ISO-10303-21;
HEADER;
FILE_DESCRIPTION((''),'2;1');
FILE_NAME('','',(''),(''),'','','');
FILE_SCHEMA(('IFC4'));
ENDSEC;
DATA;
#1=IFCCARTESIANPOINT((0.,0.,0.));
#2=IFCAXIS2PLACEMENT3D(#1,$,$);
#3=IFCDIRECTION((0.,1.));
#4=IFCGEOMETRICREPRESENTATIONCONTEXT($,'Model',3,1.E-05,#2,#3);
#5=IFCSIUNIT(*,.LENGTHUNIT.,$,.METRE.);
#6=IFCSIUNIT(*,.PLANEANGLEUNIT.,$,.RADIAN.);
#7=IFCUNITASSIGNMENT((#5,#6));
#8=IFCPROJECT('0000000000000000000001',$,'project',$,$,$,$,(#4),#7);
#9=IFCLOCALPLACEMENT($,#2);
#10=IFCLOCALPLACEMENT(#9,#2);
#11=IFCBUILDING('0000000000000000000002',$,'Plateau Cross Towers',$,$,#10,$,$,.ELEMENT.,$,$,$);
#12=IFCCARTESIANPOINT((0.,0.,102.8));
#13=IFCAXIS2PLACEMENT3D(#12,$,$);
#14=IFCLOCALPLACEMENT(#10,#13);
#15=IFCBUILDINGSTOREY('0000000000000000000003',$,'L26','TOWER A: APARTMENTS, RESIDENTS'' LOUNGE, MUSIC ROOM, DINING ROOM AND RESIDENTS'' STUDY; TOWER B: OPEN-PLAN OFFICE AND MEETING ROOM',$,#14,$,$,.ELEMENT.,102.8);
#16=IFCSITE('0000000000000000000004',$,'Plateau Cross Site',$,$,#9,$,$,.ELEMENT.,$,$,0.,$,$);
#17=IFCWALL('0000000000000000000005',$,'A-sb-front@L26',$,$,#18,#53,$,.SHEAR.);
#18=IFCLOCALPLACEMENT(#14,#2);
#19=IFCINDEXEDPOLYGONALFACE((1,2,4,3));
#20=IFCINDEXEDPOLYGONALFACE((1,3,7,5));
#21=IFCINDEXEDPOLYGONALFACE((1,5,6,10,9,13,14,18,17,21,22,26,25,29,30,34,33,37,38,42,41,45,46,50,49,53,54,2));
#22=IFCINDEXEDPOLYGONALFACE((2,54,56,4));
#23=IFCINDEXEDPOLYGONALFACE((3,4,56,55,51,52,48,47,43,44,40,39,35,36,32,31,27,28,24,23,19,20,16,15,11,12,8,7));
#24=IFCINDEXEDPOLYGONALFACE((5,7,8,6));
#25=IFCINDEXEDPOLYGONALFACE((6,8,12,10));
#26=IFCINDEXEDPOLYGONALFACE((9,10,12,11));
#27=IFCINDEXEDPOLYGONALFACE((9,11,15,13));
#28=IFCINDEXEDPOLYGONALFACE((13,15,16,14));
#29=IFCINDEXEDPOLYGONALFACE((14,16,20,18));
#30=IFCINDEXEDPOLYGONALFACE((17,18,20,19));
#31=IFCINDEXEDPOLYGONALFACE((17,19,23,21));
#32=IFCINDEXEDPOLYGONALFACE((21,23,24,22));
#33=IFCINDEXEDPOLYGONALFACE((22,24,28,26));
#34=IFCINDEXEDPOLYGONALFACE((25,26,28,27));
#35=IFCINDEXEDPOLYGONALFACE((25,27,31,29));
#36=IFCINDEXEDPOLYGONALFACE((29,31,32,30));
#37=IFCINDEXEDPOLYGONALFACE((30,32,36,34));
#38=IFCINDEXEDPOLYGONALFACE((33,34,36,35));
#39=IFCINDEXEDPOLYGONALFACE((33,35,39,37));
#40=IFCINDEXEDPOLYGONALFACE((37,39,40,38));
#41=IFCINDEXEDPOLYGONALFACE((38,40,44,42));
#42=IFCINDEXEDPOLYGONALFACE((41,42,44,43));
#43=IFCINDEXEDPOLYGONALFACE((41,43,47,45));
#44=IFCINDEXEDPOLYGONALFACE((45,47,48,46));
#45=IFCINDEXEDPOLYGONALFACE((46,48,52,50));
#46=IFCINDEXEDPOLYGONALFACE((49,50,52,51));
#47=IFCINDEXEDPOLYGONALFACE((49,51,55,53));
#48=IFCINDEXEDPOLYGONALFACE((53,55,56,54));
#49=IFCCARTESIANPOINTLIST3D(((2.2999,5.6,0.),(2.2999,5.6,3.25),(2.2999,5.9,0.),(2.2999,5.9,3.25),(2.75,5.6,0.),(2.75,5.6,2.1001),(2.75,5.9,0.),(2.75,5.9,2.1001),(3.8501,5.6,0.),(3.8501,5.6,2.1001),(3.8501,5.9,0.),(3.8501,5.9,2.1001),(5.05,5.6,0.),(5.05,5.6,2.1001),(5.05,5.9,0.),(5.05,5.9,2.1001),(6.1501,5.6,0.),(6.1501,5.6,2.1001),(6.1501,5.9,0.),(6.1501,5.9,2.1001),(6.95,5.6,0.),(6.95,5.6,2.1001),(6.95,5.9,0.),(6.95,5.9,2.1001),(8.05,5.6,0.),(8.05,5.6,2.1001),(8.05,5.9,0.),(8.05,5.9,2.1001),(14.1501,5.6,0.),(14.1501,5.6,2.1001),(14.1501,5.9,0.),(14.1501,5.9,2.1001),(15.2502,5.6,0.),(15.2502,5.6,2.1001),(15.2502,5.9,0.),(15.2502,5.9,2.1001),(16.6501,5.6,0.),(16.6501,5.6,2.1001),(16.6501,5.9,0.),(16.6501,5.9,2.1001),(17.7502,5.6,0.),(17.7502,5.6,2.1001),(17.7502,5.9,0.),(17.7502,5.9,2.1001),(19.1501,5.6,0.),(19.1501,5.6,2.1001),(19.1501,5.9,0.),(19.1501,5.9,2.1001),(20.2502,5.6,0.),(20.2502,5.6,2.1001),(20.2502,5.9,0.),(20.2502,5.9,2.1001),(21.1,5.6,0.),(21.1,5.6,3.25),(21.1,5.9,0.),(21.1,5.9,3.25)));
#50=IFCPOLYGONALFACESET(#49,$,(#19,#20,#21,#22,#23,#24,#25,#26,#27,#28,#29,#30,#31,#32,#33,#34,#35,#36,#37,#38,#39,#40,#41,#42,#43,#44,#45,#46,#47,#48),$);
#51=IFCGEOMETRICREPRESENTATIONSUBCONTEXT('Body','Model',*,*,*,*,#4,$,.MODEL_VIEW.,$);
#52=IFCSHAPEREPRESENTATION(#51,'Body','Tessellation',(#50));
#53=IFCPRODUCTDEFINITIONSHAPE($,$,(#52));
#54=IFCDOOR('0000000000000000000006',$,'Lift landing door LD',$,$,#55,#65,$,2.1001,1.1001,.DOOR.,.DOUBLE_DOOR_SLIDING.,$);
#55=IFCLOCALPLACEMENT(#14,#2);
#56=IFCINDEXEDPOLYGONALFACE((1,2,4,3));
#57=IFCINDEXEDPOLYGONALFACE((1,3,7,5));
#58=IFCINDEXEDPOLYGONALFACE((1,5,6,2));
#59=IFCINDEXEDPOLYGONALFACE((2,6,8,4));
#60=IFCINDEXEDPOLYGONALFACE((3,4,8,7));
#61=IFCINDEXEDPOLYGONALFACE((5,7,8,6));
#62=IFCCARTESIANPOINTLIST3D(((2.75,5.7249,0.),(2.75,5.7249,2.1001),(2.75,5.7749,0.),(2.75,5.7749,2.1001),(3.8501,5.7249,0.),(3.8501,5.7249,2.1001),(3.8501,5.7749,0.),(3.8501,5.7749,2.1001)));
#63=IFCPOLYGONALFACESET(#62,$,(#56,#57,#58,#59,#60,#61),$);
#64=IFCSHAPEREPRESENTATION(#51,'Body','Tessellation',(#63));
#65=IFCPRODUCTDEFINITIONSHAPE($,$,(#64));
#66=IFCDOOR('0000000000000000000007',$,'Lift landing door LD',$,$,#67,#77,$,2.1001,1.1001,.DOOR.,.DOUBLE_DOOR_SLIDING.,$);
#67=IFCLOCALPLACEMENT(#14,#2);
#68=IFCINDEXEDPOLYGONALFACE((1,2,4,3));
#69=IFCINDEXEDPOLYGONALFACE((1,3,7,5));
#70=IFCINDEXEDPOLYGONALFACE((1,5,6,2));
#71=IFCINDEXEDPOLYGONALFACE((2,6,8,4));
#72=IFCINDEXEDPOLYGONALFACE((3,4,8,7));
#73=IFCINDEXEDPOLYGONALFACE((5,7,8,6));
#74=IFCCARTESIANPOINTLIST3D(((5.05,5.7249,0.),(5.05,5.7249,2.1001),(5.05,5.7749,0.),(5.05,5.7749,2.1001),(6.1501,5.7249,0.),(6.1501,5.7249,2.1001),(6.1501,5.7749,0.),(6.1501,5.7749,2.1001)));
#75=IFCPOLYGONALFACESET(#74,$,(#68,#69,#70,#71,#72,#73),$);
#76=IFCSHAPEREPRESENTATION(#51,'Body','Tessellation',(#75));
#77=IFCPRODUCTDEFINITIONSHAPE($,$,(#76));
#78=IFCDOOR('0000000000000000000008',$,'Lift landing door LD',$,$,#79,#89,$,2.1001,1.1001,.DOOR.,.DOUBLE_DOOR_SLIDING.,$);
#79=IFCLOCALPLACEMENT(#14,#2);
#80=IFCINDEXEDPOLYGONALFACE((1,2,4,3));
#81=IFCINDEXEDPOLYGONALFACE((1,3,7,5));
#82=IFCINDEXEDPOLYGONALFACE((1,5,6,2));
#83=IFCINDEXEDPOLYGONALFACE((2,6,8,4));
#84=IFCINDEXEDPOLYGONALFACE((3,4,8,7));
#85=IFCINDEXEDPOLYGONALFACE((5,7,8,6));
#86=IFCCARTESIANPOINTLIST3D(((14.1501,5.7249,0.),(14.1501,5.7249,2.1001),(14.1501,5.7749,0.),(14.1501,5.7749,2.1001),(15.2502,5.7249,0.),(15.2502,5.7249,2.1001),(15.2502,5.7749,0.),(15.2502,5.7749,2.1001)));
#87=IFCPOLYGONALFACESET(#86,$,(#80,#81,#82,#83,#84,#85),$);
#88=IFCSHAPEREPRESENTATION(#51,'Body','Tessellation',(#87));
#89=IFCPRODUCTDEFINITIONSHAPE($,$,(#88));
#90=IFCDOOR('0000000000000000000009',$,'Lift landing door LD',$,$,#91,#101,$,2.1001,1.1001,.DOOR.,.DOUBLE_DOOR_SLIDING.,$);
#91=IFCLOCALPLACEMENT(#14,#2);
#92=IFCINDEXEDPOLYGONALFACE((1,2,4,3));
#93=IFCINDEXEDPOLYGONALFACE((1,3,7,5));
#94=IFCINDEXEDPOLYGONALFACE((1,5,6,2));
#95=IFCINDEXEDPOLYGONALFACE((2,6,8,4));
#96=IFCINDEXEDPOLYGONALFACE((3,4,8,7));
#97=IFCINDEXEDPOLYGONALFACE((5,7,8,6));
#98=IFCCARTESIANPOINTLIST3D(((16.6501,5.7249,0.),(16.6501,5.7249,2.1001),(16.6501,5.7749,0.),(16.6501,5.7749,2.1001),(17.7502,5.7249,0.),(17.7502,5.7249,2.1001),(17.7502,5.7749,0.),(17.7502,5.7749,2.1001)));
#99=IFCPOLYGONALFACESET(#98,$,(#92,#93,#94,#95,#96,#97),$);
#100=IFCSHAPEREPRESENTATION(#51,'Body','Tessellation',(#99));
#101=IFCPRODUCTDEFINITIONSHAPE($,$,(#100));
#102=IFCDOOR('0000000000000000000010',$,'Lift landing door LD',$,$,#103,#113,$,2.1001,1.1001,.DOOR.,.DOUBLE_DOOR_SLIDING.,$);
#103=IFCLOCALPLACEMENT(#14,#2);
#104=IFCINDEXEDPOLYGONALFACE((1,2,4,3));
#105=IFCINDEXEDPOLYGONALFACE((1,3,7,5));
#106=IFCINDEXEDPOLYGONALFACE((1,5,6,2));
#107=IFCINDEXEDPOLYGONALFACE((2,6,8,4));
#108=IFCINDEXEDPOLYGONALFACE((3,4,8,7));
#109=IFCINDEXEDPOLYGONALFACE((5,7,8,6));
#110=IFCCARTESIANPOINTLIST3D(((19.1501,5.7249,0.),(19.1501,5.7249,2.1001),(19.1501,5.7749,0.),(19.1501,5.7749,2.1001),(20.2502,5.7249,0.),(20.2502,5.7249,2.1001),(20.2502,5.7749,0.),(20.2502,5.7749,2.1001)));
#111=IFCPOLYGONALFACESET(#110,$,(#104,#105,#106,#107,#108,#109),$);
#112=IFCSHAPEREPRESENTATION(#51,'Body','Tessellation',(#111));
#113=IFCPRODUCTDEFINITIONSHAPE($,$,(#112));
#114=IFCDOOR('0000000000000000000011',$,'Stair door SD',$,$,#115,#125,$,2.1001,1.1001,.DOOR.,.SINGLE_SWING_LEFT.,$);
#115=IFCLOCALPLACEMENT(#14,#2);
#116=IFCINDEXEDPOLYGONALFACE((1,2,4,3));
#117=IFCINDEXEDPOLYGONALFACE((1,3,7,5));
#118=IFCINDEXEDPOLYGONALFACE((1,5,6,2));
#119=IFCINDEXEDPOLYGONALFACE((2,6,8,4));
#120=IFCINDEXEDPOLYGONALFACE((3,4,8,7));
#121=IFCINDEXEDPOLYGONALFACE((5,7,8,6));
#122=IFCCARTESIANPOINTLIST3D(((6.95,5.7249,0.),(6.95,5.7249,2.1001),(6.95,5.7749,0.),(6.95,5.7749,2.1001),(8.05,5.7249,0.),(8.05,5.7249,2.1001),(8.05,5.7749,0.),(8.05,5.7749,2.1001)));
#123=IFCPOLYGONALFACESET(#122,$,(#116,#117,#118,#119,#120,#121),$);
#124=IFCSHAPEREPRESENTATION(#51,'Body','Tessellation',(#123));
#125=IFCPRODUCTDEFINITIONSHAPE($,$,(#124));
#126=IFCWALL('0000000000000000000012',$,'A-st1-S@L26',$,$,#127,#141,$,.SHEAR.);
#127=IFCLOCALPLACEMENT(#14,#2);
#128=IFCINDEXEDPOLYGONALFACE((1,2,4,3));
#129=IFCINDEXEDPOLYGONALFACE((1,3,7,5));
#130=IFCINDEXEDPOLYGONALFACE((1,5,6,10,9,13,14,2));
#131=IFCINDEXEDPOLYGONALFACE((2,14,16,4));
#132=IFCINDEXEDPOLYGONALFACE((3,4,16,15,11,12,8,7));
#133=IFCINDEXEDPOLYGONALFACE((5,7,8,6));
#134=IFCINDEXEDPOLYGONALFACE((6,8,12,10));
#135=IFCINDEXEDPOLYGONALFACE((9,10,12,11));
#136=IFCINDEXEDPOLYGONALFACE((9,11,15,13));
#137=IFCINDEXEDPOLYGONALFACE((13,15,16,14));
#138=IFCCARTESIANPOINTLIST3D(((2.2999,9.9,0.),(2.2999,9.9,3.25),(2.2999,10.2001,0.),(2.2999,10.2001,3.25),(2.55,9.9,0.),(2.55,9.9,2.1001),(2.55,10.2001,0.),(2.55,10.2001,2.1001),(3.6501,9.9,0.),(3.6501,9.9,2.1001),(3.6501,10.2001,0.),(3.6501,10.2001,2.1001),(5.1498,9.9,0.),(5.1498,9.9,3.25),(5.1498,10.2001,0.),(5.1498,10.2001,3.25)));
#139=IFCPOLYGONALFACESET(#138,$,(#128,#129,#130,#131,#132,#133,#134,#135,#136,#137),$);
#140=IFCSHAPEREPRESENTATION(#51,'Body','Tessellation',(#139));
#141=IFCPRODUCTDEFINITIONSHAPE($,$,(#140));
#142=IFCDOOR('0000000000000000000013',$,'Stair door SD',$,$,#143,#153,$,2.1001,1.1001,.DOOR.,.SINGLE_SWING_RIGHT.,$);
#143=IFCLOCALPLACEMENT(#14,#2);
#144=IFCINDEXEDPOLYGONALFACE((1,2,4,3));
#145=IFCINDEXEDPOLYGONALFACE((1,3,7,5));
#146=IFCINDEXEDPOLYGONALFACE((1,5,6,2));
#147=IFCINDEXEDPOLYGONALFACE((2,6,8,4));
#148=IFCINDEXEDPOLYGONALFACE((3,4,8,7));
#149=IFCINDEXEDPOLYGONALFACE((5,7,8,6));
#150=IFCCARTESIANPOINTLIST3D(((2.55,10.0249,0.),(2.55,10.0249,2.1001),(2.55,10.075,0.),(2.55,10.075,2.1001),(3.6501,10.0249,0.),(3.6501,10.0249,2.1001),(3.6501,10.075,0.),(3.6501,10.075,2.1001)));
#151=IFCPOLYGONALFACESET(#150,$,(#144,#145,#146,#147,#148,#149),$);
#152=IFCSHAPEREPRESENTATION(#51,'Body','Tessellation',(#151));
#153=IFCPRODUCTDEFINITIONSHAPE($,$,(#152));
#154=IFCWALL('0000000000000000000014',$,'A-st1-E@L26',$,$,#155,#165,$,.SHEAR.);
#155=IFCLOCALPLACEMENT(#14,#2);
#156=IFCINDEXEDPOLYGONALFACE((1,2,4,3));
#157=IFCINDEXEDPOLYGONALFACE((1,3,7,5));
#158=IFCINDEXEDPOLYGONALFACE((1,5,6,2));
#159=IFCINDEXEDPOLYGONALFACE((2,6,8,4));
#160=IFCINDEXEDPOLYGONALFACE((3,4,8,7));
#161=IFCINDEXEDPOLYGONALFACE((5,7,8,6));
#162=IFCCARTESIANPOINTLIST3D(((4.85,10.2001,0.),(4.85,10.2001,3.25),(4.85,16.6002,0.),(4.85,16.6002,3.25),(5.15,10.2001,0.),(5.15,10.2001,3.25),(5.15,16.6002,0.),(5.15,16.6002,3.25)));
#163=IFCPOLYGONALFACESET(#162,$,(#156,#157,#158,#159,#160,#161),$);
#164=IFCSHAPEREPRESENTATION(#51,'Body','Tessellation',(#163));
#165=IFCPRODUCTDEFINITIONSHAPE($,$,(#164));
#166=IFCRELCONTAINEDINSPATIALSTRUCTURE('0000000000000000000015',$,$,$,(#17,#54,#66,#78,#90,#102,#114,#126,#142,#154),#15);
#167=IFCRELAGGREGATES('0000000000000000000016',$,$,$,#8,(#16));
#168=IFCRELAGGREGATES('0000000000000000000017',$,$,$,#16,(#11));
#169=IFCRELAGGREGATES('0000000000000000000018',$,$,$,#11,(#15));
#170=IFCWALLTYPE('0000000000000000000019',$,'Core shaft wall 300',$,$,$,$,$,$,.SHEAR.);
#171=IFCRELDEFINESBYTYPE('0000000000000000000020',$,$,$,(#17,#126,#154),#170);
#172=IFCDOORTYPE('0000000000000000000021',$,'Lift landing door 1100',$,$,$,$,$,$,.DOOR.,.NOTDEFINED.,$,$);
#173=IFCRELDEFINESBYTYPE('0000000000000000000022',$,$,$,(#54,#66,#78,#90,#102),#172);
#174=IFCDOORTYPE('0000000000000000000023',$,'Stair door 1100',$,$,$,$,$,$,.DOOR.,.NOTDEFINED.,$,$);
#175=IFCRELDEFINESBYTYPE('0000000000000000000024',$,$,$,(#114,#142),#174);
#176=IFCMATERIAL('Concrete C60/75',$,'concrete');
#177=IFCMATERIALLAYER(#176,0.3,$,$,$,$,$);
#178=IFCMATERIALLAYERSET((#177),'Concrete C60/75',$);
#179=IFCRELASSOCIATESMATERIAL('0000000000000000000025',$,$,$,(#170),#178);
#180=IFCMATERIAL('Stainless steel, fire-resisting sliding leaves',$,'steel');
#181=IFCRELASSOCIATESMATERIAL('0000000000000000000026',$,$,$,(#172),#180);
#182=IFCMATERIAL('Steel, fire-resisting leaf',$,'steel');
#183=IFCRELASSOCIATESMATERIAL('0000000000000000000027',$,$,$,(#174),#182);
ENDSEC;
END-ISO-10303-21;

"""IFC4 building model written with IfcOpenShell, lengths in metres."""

from ifc_helpers import new_model, si_unit, direction, frame, frame_2d, origin, place, context, subcontext, project, spatial, rectangle, extrude, material, layer, layer_set, type_object, element, fill, save


model = new_model("IFC4")

# Units and contexts
model_context = context("Model", 3, precision=1e-05, world=origin(), true_north=direction((0.0, 1.0)))
body_context = subcontext(model_context, "Body", "Model", "MODEL_VIEW")
ifc_project = project(units=[si_unit("LENGTHUNIT", "METRE"), si_unit("PLANEANGLEUNIT", "RADIAN")], contexts=[model_context])

# Site, building, storey
site_placement = place(None, origin())
site = spatial("IfcSite", under=ifc_project, at=site_placement, Name="Plateau Cross Site", CompositionType="ELEMENT", RefElevation=0.0)
building_placement = place(site_placement, origin())
building = spatial("IfcBuilding", under=site, at=building_placement, Name="Plateau Cross Towers", CompositionType="ELEMENT")
storey_placement = place(building_placement, frame((0.0, 0.0, 102.8)))
storey = spatial("IfcBuildingStorey", under=building, at=storey_placement, Name="L26", Description="TOWER A: APARTMENTS, RESIDENTS' LOUNGE, MUSIC ROOM, DINING ROOM AND RESIDENTS' STUDY; TOWER B: OPEN-PLAN OFFICE AND MEETING ROOM", CompositionType="ELEMENT", Elevation=102.8)

# Shared definitions
ifc_material_1 = material(Name="Steel, fire-resisting leaf", Category="steel")

# Shared definitions
ifc_material_2 = material(Name="Concrete C60/75", Category="concrete")
ifc_layer_1 = layer(ifc_material_2, 0.3)
ifc_layer_set_1 = layer_set([ifc_layer_1], Name="Concrete C60/75")
wall_type_1 = type_object("IfcWallType", Name="Core shaft wall 300", PredefinedType="SHEAR", material=ifc_layer_set_1)

# Wall, openings, doors
wall_1_placement = place(storey_placement, frame((2.3, 5.75, 0.0), z_axis=(0.0, 0.0, 1.0), x_axis=(1.0, 0.0, 0.0)))
wall_1 = element("IfcWall", 1, at=wall_1_placement, inside=storey, type_object=wall_type_1, Name="A-sb-front@L26", PredefinedType="SHEAR", context=body_context, shape_type="SweptSolid", body=[
    extrude(rectangle(XDim=18.8, YDim=0.3, at=frame_2d((9.3999, 0.0))), origin(), (0.0, 0.0, 1.0), 3.25),
])
opening_1_placement = place(wall_1_placement, frame((4.6499, 0.0, 0.0)))
opening_1 = element("IfcOpeningElement", 2, at=opening_1_placement, cuts=wall_1, PredefinedType="OPENING", context=body_context, shape_type="SweptSolid", body=[
    extrude(rectangle(XDim=1.1001, YDim=2.1001, at=frame_2d((0.55, 1.05))), frame((0.0, 0.1599, 0.0), z_axis=(0.0, -1.0, 0.0), x_axis=(1.0, 0.0, 0.0)), (0.0, 0.0, 1.0), 0.3201),
])
opening_2_placement = place(wall_1_placement, frame((0.45, 0.0, 0.0)))
opening_2 = element("IfcOpeningElement", 3, at=opening_2_placement, cuts=wall_1, PredefinedType="OPENING", context=body_context, shape_type="SweptSolid", body=[
    extrude(rectangle(XDim=1.1001, YDim=2.1001, at=frame_2d((0.55, 1.05))), frame((0.0, 0.1599, 0.0), z_axis=(0.0, -1.0, 0.0), x_axis=(1.0, 0.0, 0.0)), (0.0, 0.0, 1.0), 0.3201),
])
opening_3_placement = place(wall_1_placement, frame((2.75, 0.0, 0.0)))
opening_3 = element("IfcOpeningElement", 4, at=opening_3_placement, cuts=wall_1, PredefinedType="OPENING", context=body_context, shape_type="SweptSolid", body=[
    extrude(rectangle(XDim=1.1001, YDim=2.1001, at=frame_2d((0.55, 1.05))), frame((0.0, 0.1599, 0.0), z_axis=(0.0, -1.0, 0.0), x_axis=(1.0, 0.0, 0.0)), (0.0, 0.0, 1.0), 0.3201),
])
opening_4_placement = place(wall_1_placement, frame((11.8501, 0.0, 0.0)))
opening_4 = element("IfcOpeningElement", 5, at=opening_4_placement, cuts=wall_1, PredefinedType="OPENING", context=body_context, shape_type="SweptSolid", body=[
    extrude(rectangle(XDim=1.1001, YDim=2.1001, at=frame_2d((0.55, 1.05))), frame((0.0, 0.1599, 0.0), z_axis=(0.0, -1.0, 0.0), x_axis=(1.0, 0.0, 0.0)), (0.0, 0.0, 1.0), 0.3201),
])
opening_5_placement = place(wall_1_placement, frame((14.3501, 0.0, 0.0)))
opening_5 = element("IfcOpeningElement", 6, at=opening_5_placement, cuts=wall_1, PredefinedType="OPENING", context=body_context, shape_type="SweptSolid", body=[
    extrude(rectangle(XDim=1.1001, YDim=2.1001, at=frame_2d((0.55, 1.05))), frame((0.0, 0.1599, 0.0), z_axis=(0.0, -1.0, 0.0), x_axis=(1.0, 0.0, 0.0)), (0.0, 0.0, 1.0), 0.3201),
])
opening_6_placement = place(wall_1_placement, frame((16.8501, 0.0, 0.0)))
opening_6 = element("IfcOpeningElement", 7, at=opening_6_placement, cuts=wall_1, PredefinedType="OPENING", context=body_context, shape_type="SweptSolid", body=[
    extrude(rectangle(XDim=1.1001, YDim=2.1001, at=frame_2d((0.55, 1.05))), frame((0.0, 0.1599, 0.0), z_axis=(0.0, -1.0, 0.0), x_axis=(1.0, 0.0, 0.0)), (0.0, 0.0, 1.0), 0.3201),
])
ifc_material_3 = material(Name="Stainless steel, fire-resisting sliding leaves", Category="steel")
door_type_1 = type_object("IfcDoorType", Name="Lift landing door 1100", OperationType="NOTDEFINED", PredefinedType="DOOR", material=ifc_material_3)
door_1_placement = place(opening_2_placement, origin())
door_1 = element("IfcDoor", 8, at=door_1_placement, inside=storey, type_object=door_type_1, Name="Lift landing door LD", OperationType="DOUBLE_DOOR_SLIDING", OverallHeight=2.1001, OverallWidth=1.1001, PredefinedType="DOOR", context=body_context, shape_type="SweptSolid", body=[
    extrude(rectangle(XDim=1.1001, YDim=2.1001, at=frame_2d((0.55, 1.05))), frame((0.0, 0.0249, 0.0), z_axis=(0.0, -1.0, 0.0), x_axis=(1.0, 0.0, 0.0)), (0.0, 0.0, 1.0), 0.05),
])
fill(opening_2, door_1)
door_2_placement = place(opening_3_placement, origin())
door_2 = element("IfcDoor", 9, at=door_2_placement, inside=storey, type_object=door_type_1, Name="Lift landing door LD", OperationType="DOUBLE_DOOR_SLIDING", OverallHeight=2.1001, OverallWidth=1.1001, PredefinedType="DOOR", context=body_context, shape_type="SweptSolid", body=[
    extrude(rectangle(XDim=1.1001, YDim=2.1001, at=frame_2d((0.55, 1.05))), frame((0.0, 0.0249, 0.0), z_axis=(0.0, -1.0, 0.0), x_axis=(1.0, 0.0, 0.0)), (0.0, 0.0, 1.0), 0.05),
])
fill(opening_3, door_2)
door_3_placement = place(opening_4_placement, origin())
door_3 = element("IfcDoor", 10, at=door_3_placement, inside=storey, type_object=door_type_1, Name="Lift landing door LD", OperationType="DOUBLE_DOOR_SLIDING", OverallHeight=2.1001, OverallWidth=1.1001, PredefinedType="DOOR", context=body_context, shape_type="SweptSolid", body=[
    extrude(rectangle(XDim=1.1001, YDim=2.1001, at=frame_2d((0.55, 1.05))), frame((0.0, 0.0249, 0.0), z_axis=(0.0, -1.0, 0.0), x_axis=(1.0, 0.0, 0.0)), (0.0, 0.0, 1.0), 0.05),
])
fill(opening_4, door_3)
door_4_placement = place(opening_5_placement, origin())
door_4 = element("IfcDoor", 11, at=door_4_placement, inside=storey, type_object=door_type_1, Name="Lift landing door LD", OperationType="DOUBLE_DOOR_SLIDING", OverallHeight=2.1001, OverallWidth=1.1001, PredefinedType="DOOR", context=body_context, shape_type="SweptSolid", body=[
    extrude(rectangle(XDim=1.1001, YDim=2.1001, at=frame_2d((0.55, 1.05))), frame((0.0, 0.0249, 0.0), z_axis=(0.0, -1.0, 0.0), x_axis=(1.0, 0.0, 0.0)), (0.0, 0.0, 1.0), 0.05),
])
fill(opening_5, door_4)
door_5_placement = place(opening_6_placement, origin())
door_5 = element("IfcDoor", 12, at=door_5_placement, inside=storey, type_object=door_type_1, Name="Lift landing door LD", OperationType="DOUBLE_DOOR_SLIDING", OverallHeight=2.1001, OverallWidth=1.1001, PredefinedType="DOOR", context=body_context, shape_type="SweptSolid", body=[
    extrude(rectangle(XDim=1.1001, YDim=2.1001, at=frame_2d((0.55, 1.05))), frame((0.0, 0.0249, 0.0), z_axis=(0.0, -1.0, 0.0), x_axis=(1.0, 0.0, 0.0)), (0.0, 0.0, 1.0), 0.05),
])
fill(opening_6, door_5)
door_type_2 = type_object("IfcDoorType", Name="Stair door 1100", OperationType="NOTDEFINED", PredefinedType="DOOR", material=ifc_material_1)
door_6_placement = place(opening_1_placement, origin())
door_6 = element("IfcDoor", 13, at=door_6_placement, inside=storey, type_object=door_type_2, Name="Stair door SD", OperationType="SINGLE_SWING_LEFT", OverallHeight=2.1001, OverallWidth=1.1001, PredefinedType="DOOR", context=body_context, shape_type="SweptSolid", body=[
    extrude(rectangle(XDim=1.1001, YDim=2.1001, at=frame_2d((0.55, 1.05))), frame((0.0, 0.0249, 0.0), z_axis=(0.0, -1.0, 0.0), x_axis=(1.0, 0.0, 0.0)), (0.0, 0.0, 1.0), 0.05),
])
fill(opening_1, door_6)

# Wall, opening, door
wall_2_placement = place(storey_placement, frame((2.3, 10.05, 0.0), z_axis=(0.0, 0.0, 1.0), x_axis=(1.0, 0.0, 0.0)))
wall_2 = element("IfcWall", 14, at=wall_2_placement, inside=storey, type_object=wall_type_1, Name="A-st1-S@L26", PredefinedType="SHEAR", context=body_context, shape_type="SweptSolid", body=[
    extrude(rectangle(XDim=2.8499, YDim=0.3, at=frame_2d((1.4248, 0.0))), origin(), (0.0, 0.0, 1.0), 3.25),
])
opening_7_placement = place(wall_2_placement, frame((0.25, 0.0, 0.0)))
opening_7 = element("IfcOpeningElement", 15, at=opening_7_placement, cuts=wall_2, PredefinedType="OPENING", context=body_context, shape_type="SweptSolid", body=[
    extrude(rectangle(XDim=1.1001, YDim=2.1001, at=frame_2d((0.55, 1.05))), frame((0.0, 0.1599, 0.0), z_axis=(0.0, -1.0, 0.0), x_axis=(1.0, 0.0, 0.0)), (0.0, 0.0, 1.0), 0.3201),
])
door_7_placement = place(opening_7_placement, origin())
door_7 = element("IfcDoor", 16, at=door_7_placement, inside=storey, type_object=door_type_2, Name="Stair door SD", OperationType="SINGLE_SWING_RIGHT", OverallHeight=2.1001, OverallWidth=1.1001, PredefinedType="DOOR", context=body_context, shape_type="SweptSolid", body=[
    extrude(rectangle(XDim=1.1001, YDim=2.1001, at=frame_2d((0.55, 1.05))), frame((0.0, 0.0249, 0.0), z_axis=(0.0, -1.0, 0.0), x_axis=(1.0, 0.0, 0.0)), (0.0, 0.0, 1.0), 0.05),
])
fill(opening_7, door_7)

# Wall
wall_3_placement = place(storey_placement, frame((5.0, 10.2, 0.0), z_axis=(0.0, 0.0, 1.0), x_axis=(0.0, 1.0, 0.0)))
element("IfcWall", 17, at=wall_3_placement, inside=storey, type_object=wall_type_1, Name="A-st1-E@L26", PredefinedType="SHEAR", context=body_context, shape_type="SweptSolid", body=[
    extrude(rectangle(XDim=6.4001, YDim=0.3, at=frame_2d((3.2002, 0.0))), origin(), (0.0, 0.0, 1.0), 3.25),
])

save(model, "model.ifc")
